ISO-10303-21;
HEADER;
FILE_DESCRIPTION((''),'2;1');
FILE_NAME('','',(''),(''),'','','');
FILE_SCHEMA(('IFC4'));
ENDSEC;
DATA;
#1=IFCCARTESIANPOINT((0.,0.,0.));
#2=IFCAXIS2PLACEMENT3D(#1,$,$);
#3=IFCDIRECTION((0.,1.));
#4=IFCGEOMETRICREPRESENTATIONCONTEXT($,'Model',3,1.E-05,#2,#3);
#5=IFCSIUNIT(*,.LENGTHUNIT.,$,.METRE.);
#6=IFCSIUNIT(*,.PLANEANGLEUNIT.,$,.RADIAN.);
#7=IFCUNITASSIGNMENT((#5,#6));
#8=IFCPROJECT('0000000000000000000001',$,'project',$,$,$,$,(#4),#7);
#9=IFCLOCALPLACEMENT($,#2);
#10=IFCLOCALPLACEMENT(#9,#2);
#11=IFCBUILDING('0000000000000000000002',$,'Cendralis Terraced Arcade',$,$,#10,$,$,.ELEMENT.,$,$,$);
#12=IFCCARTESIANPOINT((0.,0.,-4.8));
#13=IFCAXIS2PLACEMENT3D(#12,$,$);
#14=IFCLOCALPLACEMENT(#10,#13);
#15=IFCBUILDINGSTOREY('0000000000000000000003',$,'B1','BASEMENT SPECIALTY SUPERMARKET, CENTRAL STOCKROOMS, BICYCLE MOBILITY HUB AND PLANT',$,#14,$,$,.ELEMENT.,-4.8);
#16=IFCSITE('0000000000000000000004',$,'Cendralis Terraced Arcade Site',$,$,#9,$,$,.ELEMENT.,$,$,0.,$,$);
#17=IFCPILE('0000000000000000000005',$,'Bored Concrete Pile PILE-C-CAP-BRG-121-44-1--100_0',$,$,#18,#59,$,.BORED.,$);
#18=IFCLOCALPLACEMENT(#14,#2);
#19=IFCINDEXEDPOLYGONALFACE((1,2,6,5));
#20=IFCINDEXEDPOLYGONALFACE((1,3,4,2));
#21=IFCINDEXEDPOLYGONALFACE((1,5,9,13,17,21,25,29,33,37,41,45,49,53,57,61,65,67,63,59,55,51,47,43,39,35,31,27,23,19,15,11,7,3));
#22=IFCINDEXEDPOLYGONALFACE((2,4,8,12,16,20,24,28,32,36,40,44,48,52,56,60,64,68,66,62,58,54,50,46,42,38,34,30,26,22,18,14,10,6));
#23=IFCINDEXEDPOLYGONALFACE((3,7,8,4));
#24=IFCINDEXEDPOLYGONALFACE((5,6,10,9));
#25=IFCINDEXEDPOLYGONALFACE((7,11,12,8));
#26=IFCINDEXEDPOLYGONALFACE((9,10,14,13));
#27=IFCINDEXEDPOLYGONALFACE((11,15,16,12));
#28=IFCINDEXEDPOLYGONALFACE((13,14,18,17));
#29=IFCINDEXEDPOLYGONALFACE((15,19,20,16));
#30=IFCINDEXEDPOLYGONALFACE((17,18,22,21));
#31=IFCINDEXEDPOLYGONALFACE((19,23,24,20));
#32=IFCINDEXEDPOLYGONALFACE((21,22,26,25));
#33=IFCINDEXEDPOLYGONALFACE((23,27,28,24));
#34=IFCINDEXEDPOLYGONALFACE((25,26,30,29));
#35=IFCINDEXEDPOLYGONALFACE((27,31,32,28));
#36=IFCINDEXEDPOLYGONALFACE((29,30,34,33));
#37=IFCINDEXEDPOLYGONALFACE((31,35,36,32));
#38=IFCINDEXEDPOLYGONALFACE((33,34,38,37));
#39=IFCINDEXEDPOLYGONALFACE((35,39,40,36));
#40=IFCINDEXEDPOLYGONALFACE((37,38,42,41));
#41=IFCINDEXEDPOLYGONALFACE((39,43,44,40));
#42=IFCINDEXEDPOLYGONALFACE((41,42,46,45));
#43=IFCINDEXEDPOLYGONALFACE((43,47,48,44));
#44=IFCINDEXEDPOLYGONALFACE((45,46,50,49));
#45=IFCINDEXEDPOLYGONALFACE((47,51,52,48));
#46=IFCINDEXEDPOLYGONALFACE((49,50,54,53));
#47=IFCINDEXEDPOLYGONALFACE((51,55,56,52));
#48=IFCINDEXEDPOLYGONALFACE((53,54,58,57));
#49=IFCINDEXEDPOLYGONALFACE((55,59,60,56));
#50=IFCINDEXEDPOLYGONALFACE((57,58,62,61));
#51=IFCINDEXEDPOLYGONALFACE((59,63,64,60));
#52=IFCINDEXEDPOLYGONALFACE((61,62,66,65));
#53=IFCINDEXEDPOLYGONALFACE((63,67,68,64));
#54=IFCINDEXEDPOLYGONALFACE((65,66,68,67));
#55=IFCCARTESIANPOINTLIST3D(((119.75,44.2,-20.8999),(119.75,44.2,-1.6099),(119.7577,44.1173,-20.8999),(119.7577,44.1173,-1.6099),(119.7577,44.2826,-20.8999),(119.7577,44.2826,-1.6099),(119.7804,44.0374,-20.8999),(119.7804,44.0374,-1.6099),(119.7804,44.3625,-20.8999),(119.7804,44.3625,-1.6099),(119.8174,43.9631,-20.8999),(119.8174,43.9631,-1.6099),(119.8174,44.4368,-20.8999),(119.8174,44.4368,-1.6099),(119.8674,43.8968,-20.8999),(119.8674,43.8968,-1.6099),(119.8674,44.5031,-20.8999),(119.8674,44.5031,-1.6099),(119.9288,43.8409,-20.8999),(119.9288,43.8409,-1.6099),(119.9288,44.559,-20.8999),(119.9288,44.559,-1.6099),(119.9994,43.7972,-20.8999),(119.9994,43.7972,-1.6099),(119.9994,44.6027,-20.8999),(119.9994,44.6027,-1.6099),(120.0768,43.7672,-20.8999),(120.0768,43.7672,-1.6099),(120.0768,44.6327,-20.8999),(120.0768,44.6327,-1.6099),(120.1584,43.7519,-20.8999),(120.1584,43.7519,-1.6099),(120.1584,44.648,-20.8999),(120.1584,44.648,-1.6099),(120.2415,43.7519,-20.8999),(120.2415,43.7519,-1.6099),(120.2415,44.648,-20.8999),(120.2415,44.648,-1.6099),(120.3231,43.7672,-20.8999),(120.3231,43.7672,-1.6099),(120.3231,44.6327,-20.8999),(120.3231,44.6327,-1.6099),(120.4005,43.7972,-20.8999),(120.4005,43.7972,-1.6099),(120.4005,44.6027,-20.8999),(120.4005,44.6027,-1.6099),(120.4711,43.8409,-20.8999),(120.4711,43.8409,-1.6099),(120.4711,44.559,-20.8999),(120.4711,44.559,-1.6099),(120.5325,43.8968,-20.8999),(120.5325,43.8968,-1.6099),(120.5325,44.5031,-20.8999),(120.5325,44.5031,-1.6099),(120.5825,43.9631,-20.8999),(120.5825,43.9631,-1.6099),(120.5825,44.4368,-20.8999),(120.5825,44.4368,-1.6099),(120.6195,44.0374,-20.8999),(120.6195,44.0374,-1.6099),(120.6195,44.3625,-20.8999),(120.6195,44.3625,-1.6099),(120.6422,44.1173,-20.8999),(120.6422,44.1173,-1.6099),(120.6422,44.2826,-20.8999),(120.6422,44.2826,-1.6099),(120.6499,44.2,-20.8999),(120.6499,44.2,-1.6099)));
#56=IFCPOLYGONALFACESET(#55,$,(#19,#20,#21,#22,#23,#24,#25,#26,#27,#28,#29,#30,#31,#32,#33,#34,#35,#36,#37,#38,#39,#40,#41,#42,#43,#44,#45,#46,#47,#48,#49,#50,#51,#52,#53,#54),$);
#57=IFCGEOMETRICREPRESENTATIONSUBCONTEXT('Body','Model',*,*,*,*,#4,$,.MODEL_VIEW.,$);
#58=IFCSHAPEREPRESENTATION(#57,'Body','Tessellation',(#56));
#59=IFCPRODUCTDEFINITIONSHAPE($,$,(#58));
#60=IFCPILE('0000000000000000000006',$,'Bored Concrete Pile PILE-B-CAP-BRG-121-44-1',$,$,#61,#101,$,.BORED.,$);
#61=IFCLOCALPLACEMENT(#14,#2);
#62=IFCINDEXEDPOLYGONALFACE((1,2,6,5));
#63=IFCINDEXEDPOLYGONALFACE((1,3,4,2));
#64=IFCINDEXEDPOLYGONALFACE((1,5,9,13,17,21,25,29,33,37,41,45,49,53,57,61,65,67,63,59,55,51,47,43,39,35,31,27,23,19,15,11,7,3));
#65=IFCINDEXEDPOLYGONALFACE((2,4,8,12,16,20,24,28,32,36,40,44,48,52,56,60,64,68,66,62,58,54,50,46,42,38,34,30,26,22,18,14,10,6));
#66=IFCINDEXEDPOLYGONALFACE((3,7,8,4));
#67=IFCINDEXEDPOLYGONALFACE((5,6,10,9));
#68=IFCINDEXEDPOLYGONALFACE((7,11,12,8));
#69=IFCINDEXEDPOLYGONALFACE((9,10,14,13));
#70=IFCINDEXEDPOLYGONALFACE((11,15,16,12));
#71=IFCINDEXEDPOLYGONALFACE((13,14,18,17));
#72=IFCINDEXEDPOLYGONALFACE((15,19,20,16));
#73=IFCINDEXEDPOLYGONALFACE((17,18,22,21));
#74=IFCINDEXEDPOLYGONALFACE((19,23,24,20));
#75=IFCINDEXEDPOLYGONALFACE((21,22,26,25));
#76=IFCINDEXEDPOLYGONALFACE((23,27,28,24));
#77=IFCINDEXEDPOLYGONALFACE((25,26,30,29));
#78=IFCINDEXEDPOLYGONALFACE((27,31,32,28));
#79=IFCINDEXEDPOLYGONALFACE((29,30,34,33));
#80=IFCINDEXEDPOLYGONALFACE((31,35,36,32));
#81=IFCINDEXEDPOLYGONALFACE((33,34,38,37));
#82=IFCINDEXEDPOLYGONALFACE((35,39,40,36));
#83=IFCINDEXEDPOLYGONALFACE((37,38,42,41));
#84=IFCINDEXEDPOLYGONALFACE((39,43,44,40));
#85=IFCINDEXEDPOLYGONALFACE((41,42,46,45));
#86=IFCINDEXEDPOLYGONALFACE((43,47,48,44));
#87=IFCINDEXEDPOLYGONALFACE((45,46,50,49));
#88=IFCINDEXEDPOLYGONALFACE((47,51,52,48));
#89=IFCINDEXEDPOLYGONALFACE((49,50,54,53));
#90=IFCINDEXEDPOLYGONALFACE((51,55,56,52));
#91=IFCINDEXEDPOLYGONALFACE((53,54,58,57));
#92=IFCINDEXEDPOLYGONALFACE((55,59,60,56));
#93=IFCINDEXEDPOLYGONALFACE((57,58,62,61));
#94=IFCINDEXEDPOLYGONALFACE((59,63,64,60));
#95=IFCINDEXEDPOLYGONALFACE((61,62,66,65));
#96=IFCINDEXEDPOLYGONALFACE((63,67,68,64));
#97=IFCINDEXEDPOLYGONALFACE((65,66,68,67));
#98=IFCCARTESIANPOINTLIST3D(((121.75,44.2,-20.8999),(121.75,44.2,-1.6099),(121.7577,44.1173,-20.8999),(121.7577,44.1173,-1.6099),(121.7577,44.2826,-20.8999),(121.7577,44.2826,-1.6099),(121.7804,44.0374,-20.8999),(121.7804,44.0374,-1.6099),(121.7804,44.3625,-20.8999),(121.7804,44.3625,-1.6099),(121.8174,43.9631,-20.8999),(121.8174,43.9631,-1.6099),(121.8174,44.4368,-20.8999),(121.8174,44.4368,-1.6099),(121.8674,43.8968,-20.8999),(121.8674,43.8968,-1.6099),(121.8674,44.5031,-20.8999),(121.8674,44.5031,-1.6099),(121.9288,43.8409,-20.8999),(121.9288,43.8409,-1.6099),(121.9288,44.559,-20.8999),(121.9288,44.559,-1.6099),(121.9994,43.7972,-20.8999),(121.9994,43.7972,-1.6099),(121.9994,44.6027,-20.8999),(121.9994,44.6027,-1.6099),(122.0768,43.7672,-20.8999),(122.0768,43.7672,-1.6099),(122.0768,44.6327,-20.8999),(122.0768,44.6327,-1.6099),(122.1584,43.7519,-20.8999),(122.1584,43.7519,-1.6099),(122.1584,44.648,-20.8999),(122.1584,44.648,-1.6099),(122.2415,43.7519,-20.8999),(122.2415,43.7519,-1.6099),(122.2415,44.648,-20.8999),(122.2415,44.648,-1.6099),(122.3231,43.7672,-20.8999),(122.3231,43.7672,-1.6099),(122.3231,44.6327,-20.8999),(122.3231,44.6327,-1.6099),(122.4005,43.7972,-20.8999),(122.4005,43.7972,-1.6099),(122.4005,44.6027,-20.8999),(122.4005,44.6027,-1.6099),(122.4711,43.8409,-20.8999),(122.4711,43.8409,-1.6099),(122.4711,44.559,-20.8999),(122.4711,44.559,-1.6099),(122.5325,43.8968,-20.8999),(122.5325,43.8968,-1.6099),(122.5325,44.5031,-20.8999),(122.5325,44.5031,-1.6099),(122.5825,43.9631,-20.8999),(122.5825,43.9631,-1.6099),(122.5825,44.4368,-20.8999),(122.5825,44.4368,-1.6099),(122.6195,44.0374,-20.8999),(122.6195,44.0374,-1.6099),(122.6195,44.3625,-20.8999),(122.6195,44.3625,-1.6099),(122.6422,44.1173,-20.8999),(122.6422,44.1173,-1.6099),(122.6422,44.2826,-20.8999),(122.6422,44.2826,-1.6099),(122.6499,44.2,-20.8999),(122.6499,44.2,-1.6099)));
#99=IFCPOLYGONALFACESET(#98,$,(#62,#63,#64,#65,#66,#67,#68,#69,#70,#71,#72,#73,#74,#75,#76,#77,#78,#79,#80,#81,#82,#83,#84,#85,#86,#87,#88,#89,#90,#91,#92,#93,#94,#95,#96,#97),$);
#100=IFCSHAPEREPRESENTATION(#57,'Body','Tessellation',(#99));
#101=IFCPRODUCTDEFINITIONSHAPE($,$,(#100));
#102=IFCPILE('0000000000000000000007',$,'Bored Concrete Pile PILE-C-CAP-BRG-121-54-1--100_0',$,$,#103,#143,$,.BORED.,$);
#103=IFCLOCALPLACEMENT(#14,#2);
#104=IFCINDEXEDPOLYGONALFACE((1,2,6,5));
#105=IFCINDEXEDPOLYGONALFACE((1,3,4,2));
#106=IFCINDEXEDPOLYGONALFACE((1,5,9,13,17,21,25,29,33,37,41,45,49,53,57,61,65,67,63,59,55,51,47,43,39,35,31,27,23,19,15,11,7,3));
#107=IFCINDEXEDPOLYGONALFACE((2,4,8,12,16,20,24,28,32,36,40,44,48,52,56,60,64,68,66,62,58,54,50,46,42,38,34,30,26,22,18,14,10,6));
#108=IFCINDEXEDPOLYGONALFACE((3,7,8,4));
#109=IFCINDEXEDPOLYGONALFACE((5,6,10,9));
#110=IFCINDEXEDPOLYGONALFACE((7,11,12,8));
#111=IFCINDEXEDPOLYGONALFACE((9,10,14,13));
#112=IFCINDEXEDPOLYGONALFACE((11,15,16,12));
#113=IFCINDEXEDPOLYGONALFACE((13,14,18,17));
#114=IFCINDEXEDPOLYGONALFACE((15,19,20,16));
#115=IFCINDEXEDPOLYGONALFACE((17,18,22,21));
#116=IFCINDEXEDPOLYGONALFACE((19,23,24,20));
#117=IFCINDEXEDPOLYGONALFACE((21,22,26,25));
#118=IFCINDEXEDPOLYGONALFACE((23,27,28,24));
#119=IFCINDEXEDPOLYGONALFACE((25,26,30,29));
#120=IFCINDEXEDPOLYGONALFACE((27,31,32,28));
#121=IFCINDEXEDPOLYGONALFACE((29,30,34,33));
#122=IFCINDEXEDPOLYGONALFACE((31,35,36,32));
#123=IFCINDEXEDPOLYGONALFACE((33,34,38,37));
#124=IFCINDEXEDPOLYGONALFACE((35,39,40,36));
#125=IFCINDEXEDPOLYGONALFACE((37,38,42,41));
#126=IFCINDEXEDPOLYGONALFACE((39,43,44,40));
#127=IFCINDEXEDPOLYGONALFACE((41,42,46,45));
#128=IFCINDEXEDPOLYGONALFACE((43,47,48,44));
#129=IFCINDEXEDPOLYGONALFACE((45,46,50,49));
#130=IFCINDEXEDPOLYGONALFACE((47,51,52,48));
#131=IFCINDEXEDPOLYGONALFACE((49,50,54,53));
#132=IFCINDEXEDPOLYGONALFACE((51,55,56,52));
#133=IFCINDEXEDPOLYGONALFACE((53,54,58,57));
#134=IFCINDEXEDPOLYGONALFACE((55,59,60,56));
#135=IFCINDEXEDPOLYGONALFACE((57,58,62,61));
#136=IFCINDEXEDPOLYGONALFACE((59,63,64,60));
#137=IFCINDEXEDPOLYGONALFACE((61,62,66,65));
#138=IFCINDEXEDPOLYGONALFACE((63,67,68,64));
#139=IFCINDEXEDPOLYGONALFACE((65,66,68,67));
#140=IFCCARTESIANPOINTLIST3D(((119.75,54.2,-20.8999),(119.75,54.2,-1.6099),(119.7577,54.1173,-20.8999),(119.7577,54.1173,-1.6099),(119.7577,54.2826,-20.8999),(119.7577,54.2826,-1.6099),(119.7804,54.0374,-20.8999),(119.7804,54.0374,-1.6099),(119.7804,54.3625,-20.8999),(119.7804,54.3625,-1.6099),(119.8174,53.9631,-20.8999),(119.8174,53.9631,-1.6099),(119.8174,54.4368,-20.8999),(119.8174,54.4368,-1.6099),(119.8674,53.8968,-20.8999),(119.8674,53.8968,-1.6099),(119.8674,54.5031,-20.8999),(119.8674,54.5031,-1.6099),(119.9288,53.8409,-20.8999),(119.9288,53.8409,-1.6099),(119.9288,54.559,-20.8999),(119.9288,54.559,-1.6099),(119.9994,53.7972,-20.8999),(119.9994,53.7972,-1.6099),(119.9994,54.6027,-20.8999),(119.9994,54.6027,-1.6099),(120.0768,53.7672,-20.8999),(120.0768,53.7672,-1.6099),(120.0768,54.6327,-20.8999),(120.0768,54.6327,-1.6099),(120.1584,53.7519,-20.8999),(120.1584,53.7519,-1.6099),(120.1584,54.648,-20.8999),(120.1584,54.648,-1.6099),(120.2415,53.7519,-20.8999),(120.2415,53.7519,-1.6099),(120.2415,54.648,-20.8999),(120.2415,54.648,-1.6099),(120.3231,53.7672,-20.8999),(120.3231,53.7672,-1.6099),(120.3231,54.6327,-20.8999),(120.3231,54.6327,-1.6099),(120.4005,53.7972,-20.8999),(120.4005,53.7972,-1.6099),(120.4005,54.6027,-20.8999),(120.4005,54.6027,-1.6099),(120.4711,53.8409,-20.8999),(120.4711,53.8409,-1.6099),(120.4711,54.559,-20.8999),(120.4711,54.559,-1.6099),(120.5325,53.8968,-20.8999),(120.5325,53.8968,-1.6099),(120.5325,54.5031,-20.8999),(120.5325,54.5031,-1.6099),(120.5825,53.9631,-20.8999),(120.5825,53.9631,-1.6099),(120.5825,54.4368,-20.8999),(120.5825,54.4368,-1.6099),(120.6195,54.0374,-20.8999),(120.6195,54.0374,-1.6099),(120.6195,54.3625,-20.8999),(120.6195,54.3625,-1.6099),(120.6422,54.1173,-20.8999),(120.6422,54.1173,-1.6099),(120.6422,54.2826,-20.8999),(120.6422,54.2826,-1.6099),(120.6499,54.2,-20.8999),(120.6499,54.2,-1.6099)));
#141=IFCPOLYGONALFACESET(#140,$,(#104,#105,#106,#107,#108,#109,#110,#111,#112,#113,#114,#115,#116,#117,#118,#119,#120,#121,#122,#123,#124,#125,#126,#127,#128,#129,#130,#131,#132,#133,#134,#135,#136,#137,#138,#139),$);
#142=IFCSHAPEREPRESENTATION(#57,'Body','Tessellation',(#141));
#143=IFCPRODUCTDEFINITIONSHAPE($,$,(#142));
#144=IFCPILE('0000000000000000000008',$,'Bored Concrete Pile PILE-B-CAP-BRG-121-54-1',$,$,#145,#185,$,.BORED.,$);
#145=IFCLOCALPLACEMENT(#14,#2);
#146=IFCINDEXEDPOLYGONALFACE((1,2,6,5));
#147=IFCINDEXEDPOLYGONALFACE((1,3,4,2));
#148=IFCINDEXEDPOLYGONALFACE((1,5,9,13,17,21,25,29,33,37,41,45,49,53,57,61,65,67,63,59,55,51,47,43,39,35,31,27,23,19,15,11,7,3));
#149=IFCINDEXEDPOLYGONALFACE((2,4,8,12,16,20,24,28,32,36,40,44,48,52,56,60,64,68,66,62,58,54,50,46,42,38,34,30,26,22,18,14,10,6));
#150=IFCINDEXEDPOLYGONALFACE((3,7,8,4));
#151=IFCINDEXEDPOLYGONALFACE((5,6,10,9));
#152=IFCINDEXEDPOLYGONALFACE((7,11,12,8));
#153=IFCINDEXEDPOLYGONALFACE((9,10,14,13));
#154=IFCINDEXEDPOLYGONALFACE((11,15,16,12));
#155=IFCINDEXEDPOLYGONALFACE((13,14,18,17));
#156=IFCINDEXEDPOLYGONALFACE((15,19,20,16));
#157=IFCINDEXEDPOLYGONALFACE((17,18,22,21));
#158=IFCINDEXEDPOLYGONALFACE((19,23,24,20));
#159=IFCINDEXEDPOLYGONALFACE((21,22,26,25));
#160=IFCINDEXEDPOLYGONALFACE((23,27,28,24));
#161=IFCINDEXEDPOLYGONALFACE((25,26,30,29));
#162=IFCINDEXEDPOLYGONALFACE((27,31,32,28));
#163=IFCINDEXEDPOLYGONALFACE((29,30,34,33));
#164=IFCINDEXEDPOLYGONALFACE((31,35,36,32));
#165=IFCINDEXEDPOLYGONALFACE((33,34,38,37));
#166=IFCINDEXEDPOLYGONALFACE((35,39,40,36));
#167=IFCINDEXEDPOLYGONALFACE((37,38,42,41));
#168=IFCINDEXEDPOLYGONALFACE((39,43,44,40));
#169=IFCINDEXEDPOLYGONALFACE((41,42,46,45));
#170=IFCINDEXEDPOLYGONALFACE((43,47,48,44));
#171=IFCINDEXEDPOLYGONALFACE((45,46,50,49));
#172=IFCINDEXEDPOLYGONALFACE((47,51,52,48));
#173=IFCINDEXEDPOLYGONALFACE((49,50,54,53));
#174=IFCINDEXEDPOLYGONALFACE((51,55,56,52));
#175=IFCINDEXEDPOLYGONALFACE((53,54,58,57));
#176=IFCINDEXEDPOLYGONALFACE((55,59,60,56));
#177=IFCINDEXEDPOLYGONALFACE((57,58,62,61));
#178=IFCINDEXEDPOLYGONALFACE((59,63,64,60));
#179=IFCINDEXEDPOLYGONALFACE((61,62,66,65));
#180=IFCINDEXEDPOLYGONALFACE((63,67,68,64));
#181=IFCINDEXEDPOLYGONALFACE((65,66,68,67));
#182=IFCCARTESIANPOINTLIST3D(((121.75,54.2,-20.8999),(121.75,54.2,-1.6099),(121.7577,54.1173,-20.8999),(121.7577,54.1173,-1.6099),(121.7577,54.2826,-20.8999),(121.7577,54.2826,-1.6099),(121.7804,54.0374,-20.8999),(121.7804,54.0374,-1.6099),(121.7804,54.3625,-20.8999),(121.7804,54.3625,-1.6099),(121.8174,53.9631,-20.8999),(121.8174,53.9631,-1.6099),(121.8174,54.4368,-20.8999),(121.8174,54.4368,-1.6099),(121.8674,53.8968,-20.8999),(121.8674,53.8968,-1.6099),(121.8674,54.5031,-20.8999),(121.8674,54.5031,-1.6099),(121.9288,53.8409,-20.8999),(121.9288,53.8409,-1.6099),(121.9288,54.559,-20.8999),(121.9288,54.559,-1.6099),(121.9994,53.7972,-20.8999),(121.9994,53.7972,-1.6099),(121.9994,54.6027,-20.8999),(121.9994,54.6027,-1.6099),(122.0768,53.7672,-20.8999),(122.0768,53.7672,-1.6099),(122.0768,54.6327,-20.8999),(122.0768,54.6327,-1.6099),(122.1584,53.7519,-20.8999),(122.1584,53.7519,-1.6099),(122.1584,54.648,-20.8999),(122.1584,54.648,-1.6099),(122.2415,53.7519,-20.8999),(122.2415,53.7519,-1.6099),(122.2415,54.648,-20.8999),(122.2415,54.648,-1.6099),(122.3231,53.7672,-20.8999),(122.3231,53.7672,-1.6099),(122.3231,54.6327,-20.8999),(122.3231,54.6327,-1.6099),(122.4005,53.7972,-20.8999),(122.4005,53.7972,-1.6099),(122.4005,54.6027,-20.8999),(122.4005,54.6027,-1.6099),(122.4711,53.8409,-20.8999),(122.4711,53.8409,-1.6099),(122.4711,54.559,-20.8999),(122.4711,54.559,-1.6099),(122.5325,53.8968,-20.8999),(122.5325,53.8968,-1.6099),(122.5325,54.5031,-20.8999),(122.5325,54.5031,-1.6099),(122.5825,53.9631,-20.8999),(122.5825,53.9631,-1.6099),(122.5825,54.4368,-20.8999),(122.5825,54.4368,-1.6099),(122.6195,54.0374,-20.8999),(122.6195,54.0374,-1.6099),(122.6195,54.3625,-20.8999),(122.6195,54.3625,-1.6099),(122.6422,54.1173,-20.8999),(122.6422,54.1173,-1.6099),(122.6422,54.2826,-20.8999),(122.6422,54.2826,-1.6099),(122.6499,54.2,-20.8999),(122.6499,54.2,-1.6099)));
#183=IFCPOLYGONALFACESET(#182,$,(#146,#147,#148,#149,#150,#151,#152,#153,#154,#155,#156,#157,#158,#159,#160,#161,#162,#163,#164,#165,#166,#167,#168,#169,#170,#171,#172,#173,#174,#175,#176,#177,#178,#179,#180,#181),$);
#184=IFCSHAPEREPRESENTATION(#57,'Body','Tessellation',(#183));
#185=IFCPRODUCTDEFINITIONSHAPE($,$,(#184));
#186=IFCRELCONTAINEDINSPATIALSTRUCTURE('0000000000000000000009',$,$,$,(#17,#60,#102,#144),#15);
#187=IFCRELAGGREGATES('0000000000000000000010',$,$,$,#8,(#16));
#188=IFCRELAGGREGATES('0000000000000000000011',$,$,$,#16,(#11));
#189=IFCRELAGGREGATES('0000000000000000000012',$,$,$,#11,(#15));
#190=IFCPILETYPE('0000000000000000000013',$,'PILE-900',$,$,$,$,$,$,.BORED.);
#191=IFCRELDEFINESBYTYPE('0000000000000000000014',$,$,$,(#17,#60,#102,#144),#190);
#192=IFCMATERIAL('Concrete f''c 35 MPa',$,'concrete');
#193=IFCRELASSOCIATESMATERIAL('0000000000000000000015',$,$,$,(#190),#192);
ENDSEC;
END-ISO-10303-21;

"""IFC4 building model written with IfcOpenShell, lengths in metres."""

from ifc_helpers import new_model, si_unit, direction, frame, origin, origin_2d, place, context, subcontext, project, spatial, circle, extrude, material, material_profile, profile_set, type_object, element, save


model = new_model("IFC4")

# Units and contexts
model_context = context("Model", 3, precision=1e-05, world=origin(), true_north=direction((0.0, 1.0)))
body_context = subcontext(model_context, "Body", "Model", "MODEL_VIEW")
ifc_project = project(units=[si_unit("LENGTHUNIT", "METRE"), si_unit("PLANEANGLEUNIT", "RADIAN")], contexts=[model_context])

# Site, building, storey
site_placement = place(None, origin())
site = spatial("IfcSite", under=ifc_project, at=site_placement, Name="Cendralis Terraced Arcade Site", CompositionType="ELEMENT", RefElevation=0.0)
building_placement = place(site_placement, origin())
building = spatial("IfcBuilding", under=site, at=building_placement, Name="Cendralis Terraced Arcade", CompositionType="ELEMENT")
storey_placement = place(building_placement, frame((0.0, 0.0, -4.8)))
storey = spatial("IfcBuildingStorey", under=building, at=storey_placement, Name="B1", Description="BASEMENT SPECIALTY SUPERMARKET, CENTRAL STOCKROOMS, BICYCLE MOBILITY HUB AND PLANT", CompositionType="ELEMENT", Elevation=-4.8)

# Shared definitions
ifc_material_1 = material(Name="Concrete f'c 35 MPa", Category="concrete")

# Piles
ifc_material_profile_1 = material_profile(ifc_material_1, circle(Radius=0.45, at=origin_2d()), Name="PILE-D900", Category="LoadBearing")
ifc_profile_set_1 = profile_set([ifc_material_profile_1], Name="Concrete f'c 35 MPa")
pile_type_1 = type_object("IfcPileType", Name="PILE-900", PredefinedType="BORED", material=ifc_profile_set_1)
for number, where, z_axis, x_axis, name in (
    (1, (120.2, 44.2, -1.6099), (0.0, 0.0, -1.0), (1.0, 0.0, 0.0), "Bored Concrete Pile PILE-C-CAP-BRG-121-44-1--100_0"),
    (2, (122.2, 44.2, -1.6099), (0.0, 0.0, -1.0), (1.0, 0.0, 0.0), "Bored Concrete Pile PILE-B-CAP-BRG-121-44-1"),
    (3, (120.2, 54.2, -1.6099), (0.0, 0.0, -1.0), (1.0, 0.0, 0.0), "Bored Concrete Pile PILE-C-CAP-BRG-121-54-1--100_0"),
    (4, (122.2, 54.2, -1.6099), (0.0, 0.0, -1.0), (1.0, 0.0, 0.0), "Bored Concrete Pile PILE-B-CAP-BRG-121-54-1"),
):
    element("IfcPile", number, at=place(storey_placement, frame(where, z_axis=z_axis, x_axis=x_axis)), inside=storey, type_object=pile_type_1, Name=name, PredefinedType="BORED", context=body_context, shape_type="SweptSolid", body=[
        extrude(circle(Radius=0.45, at=origin_2d()), origin(), (0.0, 0.0, 1.0), 19.29),
    ])

save(model, "model.ifc")
